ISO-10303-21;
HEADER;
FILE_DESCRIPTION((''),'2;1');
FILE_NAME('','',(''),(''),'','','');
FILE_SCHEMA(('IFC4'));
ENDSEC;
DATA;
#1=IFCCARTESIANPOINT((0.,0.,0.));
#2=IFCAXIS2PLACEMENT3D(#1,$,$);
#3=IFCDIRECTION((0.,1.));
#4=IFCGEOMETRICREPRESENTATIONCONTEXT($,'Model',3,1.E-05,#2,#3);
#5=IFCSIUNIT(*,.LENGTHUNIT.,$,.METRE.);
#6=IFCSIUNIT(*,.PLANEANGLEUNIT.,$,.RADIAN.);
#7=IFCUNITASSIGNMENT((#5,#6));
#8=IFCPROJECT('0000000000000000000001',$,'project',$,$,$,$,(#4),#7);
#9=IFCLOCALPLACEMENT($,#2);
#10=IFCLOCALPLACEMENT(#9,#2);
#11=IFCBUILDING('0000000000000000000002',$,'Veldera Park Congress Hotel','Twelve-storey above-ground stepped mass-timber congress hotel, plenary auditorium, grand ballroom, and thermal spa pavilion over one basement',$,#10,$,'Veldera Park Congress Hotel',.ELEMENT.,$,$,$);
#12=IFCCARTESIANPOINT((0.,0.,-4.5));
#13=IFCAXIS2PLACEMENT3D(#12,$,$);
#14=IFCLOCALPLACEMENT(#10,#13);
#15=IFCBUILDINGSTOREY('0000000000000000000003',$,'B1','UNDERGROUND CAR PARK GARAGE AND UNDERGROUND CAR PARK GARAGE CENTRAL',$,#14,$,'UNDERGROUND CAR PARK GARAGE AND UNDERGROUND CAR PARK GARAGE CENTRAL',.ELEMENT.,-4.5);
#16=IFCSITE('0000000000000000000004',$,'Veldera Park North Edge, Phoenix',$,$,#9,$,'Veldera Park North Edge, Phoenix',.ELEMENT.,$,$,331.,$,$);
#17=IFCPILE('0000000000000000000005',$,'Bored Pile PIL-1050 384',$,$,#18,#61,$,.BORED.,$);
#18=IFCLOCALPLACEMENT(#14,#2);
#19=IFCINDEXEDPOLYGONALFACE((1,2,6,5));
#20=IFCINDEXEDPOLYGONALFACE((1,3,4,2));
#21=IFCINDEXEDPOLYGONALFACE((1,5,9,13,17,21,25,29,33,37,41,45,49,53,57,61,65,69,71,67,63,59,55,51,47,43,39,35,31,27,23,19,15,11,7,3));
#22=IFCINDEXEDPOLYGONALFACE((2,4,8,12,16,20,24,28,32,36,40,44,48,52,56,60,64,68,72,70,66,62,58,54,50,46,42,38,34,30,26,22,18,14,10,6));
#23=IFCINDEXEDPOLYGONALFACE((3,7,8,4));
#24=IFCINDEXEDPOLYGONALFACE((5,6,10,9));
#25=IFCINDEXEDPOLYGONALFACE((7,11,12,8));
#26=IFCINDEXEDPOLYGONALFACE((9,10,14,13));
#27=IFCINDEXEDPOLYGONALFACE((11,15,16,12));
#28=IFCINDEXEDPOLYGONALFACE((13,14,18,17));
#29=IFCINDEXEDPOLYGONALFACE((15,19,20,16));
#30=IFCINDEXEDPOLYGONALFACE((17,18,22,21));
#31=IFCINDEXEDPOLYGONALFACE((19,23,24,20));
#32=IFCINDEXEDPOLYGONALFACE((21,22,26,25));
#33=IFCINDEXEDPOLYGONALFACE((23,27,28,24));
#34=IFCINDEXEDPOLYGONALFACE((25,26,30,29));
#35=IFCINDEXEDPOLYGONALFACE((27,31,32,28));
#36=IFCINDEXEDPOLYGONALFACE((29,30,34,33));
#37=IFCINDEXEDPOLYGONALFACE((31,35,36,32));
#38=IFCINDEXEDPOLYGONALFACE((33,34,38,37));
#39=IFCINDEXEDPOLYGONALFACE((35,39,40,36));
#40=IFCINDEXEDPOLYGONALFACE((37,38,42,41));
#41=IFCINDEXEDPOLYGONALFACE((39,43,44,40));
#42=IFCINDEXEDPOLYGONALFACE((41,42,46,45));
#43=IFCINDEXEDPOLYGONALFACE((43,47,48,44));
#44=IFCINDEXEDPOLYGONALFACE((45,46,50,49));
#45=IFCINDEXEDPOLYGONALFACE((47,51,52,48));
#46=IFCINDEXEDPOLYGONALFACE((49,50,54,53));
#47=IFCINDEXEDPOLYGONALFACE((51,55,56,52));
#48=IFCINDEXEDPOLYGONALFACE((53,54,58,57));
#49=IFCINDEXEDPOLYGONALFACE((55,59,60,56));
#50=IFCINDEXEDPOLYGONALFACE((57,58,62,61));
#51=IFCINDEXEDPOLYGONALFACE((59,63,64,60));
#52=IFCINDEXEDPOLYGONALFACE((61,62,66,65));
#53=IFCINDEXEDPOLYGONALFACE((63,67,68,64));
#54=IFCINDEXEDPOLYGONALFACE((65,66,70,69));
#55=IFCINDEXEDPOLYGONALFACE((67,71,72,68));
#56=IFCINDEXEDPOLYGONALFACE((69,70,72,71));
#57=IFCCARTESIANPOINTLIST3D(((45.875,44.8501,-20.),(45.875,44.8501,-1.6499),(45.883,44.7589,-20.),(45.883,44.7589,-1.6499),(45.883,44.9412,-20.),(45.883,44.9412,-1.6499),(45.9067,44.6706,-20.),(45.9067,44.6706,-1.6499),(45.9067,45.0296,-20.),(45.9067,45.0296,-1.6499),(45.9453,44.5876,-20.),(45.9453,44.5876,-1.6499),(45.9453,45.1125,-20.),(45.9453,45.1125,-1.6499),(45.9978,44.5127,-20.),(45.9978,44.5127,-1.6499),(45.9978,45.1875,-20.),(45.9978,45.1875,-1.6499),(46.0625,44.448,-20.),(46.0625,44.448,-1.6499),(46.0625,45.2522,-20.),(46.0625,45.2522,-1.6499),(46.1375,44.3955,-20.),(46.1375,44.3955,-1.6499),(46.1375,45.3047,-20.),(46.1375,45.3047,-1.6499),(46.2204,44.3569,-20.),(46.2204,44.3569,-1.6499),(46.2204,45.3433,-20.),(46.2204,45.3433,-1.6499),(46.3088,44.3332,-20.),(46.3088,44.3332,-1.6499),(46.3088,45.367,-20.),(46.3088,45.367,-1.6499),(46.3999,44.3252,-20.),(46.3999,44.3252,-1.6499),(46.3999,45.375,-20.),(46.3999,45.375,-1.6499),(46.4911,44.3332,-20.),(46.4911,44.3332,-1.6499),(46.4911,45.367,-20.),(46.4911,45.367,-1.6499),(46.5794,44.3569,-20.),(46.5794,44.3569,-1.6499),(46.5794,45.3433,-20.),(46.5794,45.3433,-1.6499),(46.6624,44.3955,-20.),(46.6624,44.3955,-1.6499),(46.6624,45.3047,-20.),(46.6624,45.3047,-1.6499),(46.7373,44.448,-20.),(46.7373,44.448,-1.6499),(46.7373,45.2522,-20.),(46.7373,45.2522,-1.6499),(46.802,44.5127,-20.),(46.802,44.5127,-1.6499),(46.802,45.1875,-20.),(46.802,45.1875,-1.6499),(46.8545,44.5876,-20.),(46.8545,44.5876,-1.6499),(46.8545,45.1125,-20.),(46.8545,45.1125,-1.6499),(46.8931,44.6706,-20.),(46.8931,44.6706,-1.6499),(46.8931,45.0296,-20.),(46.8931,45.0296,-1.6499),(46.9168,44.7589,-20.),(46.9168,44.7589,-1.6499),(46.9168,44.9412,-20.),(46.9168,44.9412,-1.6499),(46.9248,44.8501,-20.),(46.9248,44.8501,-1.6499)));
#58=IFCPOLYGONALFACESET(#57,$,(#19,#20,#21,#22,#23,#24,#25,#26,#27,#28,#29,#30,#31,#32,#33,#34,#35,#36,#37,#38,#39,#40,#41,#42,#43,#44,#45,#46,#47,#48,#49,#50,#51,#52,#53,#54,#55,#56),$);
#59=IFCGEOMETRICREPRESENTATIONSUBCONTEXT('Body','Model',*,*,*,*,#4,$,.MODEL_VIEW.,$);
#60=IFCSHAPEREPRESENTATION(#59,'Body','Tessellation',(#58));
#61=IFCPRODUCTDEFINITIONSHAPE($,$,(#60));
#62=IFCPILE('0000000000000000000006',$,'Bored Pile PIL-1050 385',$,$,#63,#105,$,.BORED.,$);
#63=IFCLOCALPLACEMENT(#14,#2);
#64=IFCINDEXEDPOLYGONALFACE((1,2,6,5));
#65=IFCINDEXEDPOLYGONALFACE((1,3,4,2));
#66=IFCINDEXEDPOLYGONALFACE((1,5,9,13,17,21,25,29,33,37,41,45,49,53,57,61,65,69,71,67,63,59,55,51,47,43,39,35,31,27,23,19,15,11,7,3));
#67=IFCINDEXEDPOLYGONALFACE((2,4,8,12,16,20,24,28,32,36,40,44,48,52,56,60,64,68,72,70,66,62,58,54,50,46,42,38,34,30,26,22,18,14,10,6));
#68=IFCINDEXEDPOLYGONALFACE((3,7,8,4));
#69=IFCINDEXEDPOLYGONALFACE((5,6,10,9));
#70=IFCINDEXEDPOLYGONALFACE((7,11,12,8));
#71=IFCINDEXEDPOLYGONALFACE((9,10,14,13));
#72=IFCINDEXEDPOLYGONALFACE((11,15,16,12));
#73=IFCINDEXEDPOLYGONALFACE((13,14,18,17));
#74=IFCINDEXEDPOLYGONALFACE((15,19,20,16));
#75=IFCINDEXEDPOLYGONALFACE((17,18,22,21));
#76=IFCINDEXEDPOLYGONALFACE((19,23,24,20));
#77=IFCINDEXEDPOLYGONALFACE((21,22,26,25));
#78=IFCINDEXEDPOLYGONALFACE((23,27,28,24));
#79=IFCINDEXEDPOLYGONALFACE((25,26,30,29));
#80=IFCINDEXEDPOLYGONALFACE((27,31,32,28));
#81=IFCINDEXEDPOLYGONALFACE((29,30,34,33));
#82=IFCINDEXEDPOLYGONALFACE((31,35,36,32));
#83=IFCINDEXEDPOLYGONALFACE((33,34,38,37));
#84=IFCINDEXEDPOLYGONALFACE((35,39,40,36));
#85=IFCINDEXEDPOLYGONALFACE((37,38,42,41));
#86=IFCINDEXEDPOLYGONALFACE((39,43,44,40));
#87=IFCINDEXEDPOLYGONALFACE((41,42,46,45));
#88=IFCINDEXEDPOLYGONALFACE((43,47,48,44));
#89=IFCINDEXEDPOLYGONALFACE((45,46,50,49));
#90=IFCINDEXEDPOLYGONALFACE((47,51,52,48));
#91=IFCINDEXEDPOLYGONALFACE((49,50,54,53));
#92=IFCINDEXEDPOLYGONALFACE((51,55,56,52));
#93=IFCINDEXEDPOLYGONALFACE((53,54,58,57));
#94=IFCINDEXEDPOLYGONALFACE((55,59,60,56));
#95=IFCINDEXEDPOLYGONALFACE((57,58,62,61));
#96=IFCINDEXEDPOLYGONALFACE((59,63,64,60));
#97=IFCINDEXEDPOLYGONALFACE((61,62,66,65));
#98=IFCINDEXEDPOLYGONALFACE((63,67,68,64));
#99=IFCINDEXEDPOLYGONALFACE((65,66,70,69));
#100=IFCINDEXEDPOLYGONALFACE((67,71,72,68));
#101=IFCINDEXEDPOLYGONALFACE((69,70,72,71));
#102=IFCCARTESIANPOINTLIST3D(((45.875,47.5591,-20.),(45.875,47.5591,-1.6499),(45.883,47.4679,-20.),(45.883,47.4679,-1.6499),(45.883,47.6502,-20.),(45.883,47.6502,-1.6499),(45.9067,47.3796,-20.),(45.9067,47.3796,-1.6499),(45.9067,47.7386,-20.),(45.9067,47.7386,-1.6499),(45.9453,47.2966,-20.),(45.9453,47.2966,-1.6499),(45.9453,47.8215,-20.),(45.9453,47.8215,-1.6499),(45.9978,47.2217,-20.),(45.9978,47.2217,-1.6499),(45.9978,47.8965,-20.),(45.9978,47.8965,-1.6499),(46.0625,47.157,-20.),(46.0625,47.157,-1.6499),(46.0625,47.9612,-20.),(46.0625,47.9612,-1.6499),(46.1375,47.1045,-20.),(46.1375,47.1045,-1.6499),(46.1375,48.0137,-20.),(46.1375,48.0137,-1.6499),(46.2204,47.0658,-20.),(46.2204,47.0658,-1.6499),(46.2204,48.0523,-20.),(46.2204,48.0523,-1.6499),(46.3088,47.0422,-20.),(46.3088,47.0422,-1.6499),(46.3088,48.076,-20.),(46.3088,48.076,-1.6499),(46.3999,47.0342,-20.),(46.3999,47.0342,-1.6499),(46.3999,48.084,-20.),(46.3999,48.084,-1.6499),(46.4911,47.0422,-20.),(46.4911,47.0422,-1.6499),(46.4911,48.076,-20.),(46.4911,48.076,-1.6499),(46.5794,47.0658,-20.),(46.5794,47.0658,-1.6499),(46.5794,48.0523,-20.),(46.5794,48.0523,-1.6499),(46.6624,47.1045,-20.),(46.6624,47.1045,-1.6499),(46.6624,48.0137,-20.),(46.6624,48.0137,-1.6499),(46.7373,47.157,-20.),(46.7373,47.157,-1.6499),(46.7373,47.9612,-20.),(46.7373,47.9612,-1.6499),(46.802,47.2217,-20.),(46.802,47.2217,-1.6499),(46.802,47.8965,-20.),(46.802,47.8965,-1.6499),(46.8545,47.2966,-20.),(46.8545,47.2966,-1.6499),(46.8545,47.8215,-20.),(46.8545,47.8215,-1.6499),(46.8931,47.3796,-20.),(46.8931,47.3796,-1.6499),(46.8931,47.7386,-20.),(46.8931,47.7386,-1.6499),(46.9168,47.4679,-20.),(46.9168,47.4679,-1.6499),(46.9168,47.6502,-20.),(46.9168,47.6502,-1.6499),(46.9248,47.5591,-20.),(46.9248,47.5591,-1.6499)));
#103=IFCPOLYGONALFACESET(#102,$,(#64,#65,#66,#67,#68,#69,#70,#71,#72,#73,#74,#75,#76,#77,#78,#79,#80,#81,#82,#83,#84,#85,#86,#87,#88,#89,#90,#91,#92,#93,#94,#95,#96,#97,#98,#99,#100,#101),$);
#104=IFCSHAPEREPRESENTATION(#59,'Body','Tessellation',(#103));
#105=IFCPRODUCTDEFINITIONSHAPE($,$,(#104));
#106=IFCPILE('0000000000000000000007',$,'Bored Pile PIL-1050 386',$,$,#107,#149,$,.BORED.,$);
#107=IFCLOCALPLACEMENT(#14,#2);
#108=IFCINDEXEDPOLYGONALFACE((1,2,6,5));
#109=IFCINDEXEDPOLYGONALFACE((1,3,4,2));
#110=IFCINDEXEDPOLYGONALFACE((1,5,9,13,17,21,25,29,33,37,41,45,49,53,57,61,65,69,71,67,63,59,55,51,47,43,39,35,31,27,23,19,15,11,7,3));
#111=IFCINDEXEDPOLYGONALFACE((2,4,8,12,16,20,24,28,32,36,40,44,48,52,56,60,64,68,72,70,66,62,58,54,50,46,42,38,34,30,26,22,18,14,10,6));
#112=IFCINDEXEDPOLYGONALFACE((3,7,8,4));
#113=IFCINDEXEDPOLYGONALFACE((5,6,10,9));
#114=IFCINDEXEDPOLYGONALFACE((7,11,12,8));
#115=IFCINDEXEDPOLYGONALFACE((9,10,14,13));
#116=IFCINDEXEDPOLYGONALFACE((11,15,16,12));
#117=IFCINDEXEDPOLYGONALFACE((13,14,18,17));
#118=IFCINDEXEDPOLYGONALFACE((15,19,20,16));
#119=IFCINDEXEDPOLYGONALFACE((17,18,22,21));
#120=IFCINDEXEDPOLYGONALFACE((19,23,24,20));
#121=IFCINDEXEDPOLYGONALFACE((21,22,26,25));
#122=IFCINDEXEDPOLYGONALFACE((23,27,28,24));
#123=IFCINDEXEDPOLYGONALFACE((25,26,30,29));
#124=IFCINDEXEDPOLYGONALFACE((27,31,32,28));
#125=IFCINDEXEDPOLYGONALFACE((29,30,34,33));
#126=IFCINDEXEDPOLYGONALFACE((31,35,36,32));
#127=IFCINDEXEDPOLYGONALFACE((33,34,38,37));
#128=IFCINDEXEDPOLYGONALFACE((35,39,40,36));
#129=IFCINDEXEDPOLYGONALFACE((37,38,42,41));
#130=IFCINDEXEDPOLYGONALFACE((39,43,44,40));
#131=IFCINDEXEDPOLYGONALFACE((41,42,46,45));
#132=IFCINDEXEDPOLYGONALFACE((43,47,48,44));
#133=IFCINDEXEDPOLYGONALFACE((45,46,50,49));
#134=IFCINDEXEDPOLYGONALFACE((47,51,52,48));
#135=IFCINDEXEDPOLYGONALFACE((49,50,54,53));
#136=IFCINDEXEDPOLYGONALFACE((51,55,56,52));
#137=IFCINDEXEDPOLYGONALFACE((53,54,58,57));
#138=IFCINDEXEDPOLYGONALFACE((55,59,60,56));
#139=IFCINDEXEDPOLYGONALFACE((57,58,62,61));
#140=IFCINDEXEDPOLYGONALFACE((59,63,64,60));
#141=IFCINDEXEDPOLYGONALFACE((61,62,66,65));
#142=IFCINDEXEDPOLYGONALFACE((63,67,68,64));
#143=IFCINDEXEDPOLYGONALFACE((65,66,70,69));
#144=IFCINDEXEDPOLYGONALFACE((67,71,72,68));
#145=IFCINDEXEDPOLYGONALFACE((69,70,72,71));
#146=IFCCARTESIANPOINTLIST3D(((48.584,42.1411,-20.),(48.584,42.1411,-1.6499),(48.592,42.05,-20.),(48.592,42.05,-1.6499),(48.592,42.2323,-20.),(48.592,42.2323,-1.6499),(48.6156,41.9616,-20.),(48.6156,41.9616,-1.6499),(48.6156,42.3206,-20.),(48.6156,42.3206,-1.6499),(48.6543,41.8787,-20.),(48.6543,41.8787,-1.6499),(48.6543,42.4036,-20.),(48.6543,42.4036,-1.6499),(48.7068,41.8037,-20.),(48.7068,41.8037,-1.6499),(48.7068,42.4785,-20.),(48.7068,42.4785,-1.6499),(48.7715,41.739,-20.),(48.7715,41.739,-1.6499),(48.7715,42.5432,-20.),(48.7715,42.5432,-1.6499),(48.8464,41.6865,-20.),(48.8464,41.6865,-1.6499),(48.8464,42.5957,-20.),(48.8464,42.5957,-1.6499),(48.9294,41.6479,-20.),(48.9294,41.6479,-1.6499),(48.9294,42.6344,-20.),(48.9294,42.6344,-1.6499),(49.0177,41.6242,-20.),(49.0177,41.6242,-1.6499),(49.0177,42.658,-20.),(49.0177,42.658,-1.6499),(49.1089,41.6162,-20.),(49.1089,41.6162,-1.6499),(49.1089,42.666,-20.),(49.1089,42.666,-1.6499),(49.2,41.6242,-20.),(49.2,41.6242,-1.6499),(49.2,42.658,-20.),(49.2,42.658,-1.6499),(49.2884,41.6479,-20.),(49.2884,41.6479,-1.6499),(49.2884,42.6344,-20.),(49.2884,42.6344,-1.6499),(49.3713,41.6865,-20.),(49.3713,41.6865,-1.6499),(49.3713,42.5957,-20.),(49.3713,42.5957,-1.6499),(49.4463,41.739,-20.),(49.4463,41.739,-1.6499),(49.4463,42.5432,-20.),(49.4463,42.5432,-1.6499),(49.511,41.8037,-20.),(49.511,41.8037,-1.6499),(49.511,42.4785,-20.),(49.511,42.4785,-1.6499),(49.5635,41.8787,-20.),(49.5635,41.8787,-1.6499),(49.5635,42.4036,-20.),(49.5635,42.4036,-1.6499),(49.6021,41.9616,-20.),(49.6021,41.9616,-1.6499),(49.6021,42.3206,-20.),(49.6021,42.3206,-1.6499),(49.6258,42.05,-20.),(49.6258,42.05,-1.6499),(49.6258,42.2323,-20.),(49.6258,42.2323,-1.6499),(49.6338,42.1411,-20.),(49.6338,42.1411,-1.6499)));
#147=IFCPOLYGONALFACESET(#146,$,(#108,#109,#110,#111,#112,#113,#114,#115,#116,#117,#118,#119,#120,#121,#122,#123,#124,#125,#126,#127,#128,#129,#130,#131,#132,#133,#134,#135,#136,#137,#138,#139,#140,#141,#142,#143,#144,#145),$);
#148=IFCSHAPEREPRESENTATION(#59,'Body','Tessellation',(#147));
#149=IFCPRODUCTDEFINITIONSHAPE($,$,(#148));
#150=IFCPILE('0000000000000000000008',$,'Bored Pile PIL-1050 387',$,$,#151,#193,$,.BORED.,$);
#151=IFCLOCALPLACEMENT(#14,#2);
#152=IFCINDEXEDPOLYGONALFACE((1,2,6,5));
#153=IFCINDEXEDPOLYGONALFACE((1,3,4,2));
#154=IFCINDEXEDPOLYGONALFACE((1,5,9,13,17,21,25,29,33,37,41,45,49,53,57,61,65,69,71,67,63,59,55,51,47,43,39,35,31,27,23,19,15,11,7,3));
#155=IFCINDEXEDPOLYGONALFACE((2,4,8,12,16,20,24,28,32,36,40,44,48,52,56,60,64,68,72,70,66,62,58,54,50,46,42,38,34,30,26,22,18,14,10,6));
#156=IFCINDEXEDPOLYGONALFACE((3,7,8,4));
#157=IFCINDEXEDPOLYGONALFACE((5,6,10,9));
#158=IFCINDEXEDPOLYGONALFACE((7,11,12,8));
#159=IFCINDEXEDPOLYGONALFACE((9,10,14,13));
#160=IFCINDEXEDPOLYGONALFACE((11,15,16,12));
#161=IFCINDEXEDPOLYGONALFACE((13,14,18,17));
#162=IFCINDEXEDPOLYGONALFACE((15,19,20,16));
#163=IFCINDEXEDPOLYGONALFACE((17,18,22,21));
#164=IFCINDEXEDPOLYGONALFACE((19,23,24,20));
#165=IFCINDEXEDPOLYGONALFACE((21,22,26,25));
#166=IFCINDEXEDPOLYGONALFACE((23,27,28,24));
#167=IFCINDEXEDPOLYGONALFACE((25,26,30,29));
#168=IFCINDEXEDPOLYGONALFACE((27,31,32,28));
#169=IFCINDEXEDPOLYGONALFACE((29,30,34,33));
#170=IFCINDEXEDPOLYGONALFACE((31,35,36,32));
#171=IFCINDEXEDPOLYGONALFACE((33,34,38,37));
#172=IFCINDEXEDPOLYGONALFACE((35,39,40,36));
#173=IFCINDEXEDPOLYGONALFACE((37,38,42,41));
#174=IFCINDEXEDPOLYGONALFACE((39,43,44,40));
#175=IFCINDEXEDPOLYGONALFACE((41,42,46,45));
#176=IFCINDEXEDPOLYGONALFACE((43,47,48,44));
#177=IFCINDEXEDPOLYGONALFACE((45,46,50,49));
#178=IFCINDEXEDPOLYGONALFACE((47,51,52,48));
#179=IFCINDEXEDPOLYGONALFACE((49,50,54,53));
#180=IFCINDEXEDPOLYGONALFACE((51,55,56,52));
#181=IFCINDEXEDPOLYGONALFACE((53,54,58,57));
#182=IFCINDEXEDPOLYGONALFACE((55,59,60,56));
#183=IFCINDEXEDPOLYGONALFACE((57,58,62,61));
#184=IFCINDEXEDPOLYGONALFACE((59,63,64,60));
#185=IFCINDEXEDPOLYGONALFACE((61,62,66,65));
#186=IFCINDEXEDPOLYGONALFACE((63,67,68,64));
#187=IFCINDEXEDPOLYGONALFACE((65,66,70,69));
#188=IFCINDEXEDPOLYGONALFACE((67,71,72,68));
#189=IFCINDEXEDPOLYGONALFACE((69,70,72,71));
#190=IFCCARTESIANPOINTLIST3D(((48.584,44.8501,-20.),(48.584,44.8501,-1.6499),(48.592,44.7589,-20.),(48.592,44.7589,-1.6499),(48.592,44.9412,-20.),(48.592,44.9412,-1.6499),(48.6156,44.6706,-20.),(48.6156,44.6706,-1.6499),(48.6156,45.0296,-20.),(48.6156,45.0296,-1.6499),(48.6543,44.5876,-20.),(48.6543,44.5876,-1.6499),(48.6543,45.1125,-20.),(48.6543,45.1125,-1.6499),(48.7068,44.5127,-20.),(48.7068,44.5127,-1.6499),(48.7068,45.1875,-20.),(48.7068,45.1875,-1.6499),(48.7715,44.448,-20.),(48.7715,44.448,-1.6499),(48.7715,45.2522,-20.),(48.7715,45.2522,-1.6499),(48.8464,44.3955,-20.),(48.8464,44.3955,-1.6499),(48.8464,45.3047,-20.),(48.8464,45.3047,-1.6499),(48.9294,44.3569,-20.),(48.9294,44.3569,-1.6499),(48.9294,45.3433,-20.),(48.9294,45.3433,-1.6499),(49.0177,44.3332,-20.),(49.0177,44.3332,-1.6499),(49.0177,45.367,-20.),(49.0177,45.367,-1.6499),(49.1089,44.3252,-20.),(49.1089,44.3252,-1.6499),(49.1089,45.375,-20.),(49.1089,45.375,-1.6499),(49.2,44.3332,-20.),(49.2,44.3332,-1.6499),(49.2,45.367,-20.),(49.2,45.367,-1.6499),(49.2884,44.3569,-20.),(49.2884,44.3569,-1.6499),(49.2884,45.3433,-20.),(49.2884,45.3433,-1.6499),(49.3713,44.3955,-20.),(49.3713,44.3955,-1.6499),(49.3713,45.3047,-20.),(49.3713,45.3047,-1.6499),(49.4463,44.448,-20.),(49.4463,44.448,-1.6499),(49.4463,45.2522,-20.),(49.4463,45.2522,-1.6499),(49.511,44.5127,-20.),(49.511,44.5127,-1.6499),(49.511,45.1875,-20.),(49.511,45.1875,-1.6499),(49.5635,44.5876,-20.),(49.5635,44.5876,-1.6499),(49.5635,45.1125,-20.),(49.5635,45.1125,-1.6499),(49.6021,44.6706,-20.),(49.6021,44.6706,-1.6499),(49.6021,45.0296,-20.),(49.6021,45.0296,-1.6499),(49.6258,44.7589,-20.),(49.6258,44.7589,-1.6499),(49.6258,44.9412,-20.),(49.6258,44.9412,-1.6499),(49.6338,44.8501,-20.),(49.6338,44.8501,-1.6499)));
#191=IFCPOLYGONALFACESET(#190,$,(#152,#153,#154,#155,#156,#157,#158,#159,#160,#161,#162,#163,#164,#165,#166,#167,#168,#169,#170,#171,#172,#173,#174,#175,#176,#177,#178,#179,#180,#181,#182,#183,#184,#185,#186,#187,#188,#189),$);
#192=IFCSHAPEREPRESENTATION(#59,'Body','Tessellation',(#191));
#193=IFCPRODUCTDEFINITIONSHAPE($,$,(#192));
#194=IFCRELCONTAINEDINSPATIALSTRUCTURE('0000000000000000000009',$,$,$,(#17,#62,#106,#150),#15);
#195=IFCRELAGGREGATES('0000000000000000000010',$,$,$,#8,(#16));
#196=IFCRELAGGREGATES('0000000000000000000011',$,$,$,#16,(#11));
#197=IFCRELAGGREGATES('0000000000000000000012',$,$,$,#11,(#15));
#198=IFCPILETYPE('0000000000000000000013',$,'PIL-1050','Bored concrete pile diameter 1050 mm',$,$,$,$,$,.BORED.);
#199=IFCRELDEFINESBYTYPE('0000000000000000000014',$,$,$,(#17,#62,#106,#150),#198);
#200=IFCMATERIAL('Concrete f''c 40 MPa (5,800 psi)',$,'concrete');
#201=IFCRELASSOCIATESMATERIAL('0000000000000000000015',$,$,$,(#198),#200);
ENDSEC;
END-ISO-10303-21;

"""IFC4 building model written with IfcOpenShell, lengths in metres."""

from ifc_helpers import new_model, si_unit, direction, frame, origin, origin_2d, place, context, subcontext, project, spatial, circle, extrude, material, material_profile, profile_set, type_object, element, save


model = new_model("IFC4")

# Units and contexts
model_context = context("Model", 3, precision=1e-05, world=origin(), true_north=direction((0.0, 1.0)))
body_context = subcontext(model_context, "Body", "Model", "MODEL_VIEW")
ifc_project = project(units=[si_unit("LENGTHUNIT", "METRE"), si_unit("PLANEANGLEUNIT", "RADIAN")], contexts=[model_context])

# Site, building, storey
site_placement = place(None, origin())
site = spatial("IfcSite", under=ifc_project, at=site_placement, Name="Veldera Park North Edge, Phoenix", LongName="Veldera Park North Edge, Phoenix", CompositionType="ELEMENT", RefElevation=331.0)
building_placement = place(site_placement, origin())
building = spatial("IfcBuilding", under=site, at=building_placement, Name="Veldera Park Congress Hotel", Description="Twelve-storey above-ground stepped mass-timber congress hotel, plenary auditorium, grand ballroom, and thermal spa pavilion over one basement", LongName="Veldera Park Congress Hotel", CompositionType="ELEMENT")
storey_placement = place(building_placement, frame((0.0, 0.0, -4.5)))
storey = spatial("IfcBuildingStorey", under=building, at=storey_placement, Name="B1", Description="UNDERGROUND CAR PARK GARAGE AND UNDERGROUND CAR PARK GARAGE CENTRAL", LongName="UNDERGROUND CAR PARK GARAGE AND UNDERGROUND CAR PARK GARAGE CENTRAL", CompositionType="ELEMENT", Elevation=-4.5)

# Shared definitions
ifc_material_1 = material(Name="Concrete f'c 40 MPa (5,800 psi)", Category="concrete")

# Piles
ifc_material_profile_1 = material_profile(ifc_material_1, circle(Radius=0.5249, at=origin_2d()), Name="PILE D1050")
ifc_profile_set_1 = profile_set([ifc_material_profile_1], Name="Concrete f'c 40 MPa (5,800 psi)")
pile_type = type_object("IfcPileType", Name="PIL-1050", Description="Bored concrete pile diameter 1050 mm", PredefinedType="BORED", material=ifc_profile_set_1)
for number, where, z_axis, x_axis, name in (
    (1, (46.3999, 44.8501, -1.6499), (0.0, 0.0, -1.0), (1.0, 0.0, 0.0), "Bored Pile PIL-1050 384"),
    (2, (46.3999, 47.5591, -1.6499), (0.0, 0.0, -1.0), (1.0, 0.0, 0.0), "Bored Pile PIL-1050 385"),
    (3, (49.1089, 42.1411, -1.6499), (0.0, 0.0, -1.0), (1.0, 0.0, 0.0), "Bored Pile PIL-1050 386"),
    (4, (49.1089, 44.8501, -1.6499), (0.0, 0.0, -1.0), (1.0, 0.0, 0.0), "Bored Pile PIL-1050 387"),
):
    element("IfcPile", number, at=place(storey_placement, frame(where, z_axis=z_axis, x_axis=x_axis)), inside=storey, type_object=pile_type, Name=name, PredefinedType="BORED", context=body_context, shape_type="SweptSolid", body=[
        extrude(circle(Radius=0.5249, at=origin_2d()), origin(), (0.0, 0.0, 1.0), 18.3501),
    ])

save(model, "model.ifc")
